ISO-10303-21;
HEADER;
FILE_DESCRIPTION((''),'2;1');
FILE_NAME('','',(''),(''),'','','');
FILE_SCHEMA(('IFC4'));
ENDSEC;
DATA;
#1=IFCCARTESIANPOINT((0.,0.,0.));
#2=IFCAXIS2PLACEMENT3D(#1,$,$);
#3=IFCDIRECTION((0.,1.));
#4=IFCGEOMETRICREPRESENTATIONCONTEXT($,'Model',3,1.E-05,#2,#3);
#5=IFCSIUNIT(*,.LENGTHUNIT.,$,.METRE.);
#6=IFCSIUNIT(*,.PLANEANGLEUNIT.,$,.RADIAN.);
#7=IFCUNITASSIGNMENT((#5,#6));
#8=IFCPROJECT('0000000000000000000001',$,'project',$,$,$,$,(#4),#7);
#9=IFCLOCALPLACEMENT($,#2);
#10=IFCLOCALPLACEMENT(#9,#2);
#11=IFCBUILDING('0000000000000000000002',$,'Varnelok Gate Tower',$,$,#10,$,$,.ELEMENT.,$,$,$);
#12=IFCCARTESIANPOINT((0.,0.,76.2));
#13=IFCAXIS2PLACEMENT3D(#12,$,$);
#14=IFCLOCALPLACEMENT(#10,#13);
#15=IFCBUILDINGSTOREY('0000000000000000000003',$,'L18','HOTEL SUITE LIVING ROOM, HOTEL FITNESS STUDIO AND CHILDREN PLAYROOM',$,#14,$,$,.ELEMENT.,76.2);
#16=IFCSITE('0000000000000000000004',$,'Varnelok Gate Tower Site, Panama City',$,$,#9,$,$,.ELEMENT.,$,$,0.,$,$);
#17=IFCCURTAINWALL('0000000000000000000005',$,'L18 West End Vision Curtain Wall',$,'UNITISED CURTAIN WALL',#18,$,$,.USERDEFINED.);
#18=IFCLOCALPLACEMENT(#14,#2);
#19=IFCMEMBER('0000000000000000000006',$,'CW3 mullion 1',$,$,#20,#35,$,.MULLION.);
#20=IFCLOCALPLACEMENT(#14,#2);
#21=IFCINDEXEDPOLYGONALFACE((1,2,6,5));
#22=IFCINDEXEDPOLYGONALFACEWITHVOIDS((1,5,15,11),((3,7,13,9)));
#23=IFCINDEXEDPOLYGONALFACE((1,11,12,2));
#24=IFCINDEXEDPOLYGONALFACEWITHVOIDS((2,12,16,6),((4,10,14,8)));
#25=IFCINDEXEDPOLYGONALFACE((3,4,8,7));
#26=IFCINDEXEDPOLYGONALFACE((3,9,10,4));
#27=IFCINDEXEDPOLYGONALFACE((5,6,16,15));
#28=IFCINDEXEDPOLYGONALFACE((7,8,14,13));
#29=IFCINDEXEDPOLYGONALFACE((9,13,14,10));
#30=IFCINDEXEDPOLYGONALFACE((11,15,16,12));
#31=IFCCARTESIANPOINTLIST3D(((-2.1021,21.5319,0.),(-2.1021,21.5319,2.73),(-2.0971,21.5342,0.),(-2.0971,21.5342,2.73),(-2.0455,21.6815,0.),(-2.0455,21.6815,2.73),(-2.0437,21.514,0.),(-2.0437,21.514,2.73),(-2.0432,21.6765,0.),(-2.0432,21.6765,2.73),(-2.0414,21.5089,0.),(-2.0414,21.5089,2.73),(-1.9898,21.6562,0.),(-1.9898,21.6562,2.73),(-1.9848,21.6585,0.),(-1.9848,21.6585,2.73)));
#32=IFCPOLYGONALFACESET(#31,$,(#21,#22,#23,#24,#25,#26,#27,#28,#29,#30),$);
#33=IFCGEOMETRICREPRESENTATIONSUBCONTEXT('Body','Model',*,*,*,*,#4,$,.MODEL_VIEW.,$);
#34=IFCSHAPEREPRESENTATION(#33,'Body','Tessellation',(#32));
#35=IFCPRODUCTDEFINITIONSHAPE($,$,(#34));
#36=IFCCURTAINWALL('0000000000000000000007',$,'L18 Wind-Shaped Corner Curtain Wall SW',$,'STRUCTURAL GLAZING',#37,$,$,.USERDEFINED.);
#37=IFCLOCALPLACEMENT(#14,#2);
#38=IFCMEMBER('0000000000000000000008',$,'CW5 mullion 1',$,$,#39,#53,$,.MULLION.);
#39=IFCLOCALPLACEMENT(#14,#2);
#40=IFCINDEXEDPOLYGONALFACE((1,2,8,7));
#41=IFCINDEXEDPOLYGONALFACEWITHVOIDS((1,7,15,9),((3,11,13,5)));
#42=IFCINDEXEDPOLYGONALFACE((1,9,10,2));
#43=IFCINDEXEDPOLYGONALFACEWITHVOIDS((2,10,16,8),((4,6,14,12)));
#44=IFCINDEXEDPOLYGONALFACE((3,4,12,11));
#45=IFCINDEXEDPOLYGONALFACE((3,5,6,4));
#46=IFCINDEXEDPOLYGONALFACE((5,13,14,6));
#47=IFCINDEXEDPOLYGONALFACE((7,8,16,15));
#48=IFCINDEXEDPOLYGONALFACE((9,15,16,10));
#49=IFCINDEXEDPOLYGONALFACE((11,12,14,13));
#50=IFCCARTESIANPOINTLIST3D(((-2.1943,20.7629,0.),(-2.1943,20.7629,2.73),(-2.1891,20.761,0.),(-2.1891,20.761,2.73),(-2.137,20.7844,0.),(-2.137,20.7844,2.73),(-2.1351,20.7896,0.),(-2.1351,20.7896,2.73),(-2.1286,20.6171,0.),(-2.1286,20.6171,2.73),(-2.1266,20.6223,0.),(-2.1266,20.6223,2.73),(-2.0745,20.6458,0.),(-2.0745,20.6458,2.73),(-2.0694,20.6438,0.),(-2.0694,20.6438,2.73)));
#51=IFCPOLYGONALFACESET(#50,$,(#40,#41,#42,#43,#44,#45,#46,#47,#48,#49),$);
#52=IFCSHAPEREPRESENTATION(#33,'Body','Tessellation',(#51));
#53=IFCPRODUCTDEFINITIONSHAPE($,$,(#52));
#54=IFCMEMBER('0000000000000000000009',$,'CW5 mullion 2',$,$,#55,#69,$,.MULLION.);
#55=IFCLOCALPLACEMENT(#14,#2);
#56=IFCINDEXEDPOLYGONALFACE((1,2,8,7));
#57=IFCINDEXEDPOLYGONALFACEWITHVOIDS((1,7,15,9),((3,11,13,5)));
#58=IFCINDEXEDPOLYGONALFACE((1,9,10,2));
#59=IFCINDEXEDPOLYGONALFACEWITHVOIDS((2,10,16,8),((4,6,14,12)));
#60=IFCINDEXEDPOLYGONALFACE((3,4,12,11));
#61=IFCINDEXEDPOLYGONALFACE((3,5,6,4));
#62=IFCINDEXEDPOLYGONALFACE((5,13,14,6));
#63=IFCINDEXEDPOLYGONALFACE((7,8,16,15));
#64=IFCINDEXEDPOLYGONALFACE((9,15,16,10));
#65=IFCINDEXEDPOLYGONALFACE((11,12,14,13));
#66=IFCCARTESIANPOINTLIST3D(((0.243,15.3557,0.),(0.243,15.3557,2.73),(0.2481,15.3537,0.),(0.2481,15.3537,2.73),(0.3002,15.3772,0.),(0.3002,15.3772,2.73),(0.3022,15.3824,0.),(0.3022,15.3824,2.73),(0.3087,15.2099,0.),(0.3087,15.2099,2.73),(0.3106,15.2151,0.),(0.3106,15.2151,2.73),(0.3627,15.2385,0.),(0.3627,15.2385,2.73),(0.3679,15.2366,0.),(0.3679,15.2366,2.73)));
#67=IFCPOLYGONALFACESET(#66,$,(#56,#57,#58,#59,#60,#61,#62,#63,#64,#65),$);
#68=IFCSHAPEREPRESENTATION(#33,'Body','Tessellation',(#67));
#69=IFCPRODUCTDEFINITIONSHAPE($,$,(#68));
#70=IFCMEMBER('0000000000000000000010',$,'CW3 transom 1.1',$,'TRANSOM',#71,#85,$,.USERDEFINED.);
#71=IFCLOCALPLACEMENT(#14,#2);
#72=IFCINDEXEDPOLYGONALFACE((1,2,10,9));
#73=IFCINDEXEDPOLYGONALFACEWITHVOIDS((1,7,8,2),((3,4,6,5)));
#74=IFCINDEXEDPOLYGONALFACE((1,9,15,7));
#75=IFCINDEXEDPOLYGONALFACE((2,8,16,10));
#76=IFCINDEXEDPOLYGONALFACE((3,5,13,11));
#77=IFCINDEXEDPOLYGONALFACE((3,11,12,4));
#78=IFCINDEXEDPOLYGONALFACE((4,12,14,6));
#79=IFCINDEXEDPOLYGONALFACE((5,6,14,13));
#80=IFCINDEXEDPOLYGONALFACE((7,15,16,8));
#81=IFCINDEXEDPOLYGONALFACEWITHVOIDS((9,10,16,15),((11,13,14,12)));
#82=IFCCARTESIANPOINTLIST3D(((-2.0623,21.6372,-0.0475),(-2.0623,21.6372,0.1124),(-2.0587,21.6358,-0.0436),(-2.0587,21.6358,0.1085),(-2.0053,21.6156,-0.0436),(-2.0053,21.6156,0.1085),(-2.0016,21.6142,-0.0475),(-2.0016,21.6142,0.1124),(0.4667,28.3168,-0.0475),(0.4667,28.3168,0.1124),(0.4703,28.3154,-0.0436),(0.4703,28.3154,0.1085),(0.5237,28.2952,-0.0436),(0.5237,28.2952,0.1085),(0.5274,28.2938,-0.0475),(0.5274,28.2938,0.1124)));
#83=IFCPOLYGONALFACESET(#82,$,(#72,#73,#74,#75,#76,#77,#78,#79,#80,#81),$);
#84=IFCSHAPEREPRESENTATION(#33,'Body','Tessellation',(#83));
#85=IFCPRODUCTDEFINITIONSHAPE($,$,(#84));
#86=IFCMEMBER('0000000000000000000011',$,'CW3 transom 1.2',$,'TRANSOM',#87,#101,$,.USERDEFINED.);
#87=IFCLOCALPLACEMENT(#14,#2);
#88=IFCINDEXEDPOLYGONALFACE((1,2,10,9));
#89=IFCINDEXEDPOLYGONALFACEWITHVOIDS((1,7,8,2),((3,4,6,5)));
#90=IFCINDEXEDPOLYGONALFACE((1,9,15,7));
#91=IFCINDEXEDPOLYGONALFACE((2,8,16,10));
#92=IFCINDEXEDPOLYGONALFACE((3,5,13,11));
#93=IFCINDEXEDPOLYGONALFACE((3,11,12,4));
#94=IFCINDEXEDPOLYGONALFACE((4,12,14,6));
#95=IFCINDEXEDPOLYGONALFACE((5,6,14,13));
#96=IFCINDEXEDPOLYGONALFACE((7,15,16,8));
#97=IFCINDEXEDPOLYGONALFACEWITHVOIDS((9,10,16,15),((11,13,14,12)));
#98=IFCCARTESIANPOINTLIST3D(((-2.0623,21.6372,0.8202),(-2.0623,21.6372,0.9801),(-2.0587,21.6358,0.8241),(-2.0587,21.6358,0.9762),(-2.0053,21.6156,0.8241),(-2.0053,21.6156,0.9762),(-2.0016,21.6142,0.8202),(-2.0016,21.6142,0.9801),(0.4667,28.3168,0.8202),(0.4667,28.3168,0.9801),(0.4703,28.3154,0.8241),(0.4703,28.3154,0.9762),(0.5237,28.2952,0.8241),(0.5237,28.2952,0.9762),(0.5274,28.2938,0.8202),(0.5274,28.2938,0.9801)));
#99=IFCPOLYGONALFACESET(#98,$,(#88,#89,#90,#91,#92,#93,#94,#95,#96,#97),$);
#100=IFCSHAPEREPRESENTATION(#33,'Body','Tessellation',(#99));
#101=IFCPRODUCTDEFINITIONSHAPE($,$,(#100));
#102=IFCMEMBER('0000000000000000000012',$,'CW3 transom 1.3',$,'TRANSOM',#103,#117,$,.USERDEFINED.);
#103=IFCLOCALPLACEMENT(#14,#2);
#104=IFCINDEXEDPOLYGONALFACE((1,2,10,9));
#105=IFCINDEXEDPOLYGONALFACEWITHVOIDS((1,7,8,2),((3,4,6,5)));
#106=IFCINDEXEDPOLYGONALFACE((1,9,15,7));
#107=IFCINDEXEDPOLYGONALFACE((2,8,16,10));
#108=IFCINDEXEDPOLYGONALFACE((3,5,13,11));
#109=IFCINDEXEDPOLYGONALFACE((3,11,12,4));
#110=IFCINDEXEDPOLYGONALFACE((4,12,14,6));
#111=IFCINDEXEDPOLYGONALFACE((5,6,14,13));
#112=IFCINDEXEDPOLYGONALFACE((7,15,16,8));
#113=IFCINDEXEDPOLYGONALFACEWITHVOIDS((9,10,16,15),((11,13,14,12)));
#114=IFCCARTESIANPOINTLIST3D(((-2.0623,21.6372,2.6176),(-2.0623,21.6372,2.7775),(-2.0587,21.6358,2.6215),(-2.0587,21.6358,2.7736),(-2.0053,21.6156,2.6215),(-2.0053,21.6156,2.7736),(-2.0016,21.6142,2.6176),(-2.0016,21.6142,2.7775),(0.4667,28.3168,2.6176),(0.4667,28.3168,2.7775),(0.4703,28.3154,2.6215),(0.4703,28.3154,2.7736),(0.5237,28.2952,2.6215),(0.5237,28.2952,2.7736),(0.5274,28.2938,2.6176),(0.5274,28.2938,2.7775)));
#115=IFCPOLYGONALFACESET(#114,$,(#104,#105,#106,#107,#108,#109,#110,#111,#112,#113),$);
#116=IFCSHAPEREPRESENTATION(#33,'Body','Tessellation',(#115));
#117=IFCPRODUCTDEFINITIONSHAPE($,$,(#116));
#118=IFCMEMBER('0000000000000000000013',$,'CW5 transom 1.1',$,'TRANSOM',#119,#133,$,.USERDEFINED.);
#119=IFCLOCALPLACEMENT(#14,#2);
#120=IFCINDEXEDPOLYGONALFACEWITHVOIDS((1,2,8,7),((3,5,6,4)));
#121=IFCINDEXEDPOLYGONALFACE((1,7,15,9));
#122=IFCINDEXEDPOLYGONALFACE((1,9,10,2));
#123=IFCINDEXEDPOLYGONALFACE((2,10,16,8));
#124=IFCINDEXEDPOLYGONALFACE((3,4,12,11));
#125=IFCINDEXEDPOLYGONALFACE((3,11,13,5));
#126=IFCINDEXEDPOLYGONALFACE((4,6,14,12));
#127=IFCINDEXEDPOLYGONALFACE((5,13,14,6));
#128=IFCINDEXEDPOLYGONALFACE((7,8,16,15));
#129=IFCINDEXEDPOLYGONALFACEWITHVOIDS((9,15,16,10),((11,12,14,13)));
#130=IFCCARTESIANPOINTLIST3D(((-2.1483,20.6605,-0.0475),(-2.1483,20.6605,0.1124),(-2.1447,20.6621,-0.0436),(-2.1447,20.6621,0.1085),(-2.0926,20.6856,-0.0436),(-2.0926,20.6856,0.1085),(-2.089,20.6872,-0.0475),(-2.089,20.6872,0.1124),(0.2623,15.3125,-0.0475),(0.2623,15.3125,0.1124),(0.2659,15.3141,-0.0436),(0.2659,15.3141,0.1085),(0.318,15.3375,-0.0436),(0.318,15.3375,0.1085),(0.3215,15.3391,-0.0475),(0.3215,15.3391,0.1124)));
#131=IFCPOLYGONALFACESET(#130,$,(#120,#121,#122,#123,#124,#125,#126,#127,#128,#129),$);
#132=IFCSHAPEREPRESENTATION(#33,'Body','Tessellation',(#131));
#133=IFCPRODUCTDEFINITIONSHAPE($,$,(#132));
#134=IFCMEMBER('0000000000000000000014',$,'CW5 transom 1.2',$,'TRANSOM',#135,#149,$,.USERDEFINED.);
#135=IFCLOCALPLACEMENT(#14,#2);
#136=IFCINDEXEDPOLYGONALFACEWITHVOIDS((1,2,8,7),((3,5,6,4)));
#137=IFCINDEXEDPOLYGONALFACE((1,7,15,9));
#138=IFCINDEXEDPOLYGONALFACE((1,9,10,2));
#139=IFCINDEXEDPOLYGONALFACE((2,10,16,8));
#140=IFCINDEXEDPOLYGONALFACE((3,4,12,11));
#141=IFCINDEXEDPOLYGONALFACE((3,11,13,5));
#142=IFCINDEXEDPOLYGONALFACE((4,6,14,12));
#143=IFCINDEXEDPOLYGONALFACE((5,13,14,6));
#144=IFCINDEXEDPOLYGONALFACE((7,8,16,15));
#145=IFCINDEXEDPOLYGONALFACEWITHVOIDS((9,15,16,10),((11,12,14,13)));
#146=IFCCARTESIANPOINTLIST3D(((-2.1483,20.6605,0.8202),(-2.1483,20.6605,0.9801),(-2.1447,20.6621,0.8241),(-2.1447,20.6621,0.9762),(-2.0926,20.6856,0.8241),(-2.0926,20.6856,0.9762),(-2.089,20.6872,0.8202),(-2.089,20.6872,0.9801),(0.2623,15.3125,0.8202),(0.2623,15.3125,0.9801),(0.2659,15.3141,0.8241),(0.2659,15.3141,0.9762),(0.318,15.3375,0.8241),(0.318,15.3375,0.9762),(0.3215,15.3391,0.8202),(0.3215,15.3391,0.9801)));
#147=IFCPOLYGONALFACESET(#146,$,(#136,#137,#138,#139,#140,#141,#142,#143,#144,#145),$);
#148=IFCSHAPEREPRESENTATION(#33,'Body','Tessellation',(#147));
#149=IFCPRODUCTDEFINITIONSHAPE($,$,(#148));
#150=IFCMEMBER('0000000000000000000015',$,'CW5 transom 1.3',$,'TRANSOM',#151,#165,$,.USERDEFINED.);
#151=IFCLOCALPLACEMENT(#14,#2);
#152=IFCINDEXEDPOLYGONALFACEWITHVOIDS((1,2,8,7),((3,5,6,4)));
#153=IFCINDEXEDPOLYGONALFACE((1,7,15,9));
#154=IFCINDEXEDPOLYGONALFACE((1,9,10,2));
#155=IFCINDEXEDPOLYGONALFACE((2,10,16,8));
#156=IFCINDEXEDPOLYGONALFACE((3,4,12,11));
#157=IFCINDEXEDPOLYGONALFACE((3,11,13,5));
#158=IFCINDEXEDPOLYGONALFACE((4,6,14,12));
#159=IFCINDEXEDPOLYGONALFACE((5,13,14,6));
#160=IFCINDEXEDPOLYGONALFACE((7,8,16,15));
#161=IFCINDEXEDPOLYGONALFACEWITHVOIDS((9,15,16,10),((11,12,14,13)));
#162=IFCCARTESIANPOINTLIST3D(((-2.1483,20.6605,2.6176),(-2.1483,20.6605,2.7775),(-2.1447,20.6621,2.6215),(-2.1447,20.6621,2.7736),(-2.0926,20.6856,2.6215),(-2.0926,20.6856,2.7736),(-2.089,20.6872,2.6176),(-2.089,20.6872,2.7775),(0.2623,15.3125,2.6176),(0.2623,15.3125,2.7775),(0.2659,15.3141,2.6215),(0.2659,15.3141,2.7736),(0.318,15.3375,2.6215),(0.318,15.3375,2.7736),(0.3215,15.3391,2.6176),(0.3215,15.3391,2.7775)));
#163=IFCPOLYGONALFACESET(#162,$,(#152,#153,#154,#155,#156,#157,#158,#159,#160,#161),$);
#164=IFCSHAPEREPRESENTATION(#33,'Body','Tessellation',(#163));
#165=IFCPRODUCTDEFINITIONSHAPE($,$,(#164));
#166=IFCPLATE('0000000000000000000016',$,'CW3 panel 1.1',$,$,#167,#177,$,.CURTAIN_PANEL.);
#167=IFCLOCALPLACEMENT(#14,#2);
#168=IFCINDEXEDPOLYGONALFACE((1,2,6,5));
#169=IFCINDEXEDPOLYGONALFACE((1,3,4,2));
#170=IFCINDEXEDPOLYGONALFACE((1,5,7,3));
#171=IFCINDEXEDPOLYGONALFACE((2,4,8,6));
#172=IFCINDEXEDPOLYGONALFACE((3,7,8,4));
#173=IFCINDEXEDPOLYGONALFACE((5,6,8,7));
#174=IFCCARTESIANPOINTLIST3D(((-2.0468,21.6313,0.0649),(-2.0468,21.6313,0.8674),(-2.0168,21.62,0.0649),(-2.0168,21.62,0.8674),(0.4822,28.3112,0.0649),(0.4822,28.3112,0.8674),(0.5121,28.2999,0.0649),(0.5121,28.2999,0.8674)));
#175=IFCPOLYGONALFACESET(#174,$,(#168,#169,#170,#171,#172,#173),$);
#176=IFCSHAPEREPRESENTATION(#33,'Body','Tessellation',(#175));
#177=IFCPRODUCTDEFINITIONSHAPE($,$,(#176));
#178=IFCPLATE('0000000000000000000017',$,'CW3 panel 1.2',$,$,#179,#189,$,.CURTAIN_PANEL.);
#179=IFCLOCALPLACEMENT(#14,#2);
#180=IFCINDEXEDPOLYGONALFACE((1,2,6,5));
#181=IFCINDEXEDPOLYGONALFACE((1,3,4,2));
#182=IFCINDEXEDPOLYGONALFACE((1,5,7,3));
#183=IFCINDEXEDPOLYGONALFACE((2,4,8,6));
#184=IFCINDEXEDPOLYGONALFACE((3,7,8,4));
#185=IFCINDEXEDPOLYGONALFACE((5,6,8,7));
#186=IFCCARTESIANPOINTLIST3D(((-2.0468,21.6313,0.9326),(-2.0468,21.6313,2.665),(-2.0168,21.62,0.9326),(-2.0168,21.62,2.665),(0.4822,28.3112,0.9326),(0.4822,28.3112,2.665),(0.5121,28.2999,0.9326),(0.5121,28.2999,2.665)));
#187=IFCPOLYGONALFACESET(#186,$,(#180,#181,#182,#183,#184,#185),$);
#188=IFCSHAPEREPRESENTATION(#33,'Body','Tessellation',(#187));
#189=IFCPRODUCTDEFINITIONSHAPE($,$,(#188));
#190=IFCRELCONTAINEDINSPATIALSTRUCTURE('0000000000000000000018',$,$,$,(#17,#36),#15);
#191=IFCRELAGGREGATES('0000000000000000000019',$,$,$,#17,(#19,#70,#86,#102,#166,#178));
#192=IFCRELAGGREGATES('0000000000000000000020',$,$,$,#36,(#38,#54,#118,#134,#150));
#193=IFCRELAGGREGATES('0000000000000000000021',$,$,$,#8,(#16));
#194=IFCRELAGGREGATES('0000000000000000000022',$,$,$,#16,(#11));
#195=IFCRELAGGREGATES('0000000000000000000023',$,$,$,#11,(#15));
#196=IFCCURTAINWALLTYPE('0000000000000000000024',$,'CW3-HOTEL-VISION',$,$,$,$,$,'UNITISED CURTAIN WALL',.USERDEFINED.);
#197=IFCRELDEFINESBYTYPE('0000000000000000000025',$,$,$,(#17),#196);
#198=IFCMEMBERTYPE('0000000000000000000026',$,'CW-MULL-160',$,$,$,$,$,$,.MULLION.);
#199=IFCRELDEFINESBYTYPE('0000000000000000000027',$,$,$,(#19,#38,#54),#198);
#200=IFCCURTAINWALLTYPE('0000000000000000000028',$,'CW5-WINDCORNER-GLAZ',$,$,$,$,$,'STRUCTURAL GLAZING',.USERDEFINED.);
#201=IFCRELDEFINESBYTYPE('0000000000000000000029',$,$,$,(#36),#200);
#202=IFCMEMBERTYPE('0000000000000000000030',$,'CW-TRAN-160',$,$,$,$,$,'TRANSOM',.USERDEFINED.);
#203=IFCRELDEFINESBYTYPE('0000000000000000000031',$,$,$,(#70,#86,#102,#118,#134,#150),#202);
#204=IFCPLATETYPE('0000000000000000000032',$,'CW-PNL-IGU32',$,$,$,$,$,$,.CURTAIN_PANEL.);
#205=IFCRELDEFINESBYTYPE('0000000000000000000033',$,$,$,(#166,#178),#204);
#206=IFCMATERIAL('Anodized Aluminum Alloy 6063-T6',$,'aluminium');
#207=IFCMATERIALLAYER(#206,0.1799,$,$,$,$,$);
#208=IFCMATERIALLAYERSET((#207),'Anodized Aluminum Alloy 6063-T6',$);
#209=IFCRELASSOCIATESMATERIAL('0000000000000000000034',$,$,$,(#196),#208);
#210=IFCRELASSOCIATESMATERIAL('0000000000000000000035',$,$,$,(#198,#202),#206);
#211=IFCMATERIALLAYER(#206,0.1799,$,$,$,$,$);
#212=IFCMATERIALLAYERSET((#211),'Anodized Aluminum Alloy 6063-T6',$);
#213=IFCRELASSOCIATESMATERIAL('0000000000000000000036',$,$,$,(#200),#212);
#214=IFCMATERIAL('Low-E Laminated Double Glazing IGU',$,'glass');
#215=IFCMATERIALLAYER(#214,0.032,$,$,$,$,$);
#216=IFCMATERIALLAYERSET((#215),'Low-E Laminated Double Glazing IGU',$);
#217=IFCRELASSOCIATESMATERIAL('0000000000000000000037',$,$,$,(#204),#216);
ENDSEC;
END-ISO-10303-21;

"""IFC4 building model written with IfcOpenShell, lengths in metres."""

from ifc_helpers import new_model, si_unit, direction, frame, origin, origin_2d, place, context, subcontext, project, spatial, rectangle, hollow_rectangle, extrude, source, transform, mapped, material, layer, layer_set, material_profile, profile_set, type_object, element, aggregate, save


model = new_model("IFC4")

# Units and contexts
model_context = context("Model", 3, precision=1e-05, world=origin(), true_north=direction((0.0, 1.0)))
body_context = subcontext(model_context, "Body", "Model", "MODEL_VIEW")
ifc_project = project(units=[si_unit("LENGTHUNIT", "METRE"), si_unit("PLANEANGLEUNIT", "RADIAN")], contexts=[model_context])

# Site, building, storey
site_placement = place(None, origin())
site = spatial("IfcSite", under=ifc_project, at=site_placement, Name="Varnelok Gate Tower Site, Panama City", CompositionType="ELEMENT", RefElevation=0.0)
building_placement = place(site_placement, origin())
building = spatial("IfcBuilding", under=site, at=building_placement, Name="Varnelok Gate Tower", CompositionType="ELEMENT")
storey_placement = place(building_placement, frame((0.0, 0.0, 76.2)))
storey = spatial("IfcBuildingStorey", under=building, at=storey_placement, Name="L18", Description="HOTEL SUITE LIVING ROOM, HOTEL FITNESS STUDIO AND CHILDREN PLAYROOM", CompositionType="ELEMENT", Elevation=76.2)

# Curtain wall, member
ifc_material_1 = material(Name="Anodized Aluminum Alloy 6063-T6", Category="aluminium")
ifc_layer_1 = layer(ifc_material_1, 0.1799)
ifc_layer_set_1 = layer_set([ifc_layer_1], Name="Anodized Aluminum Alloy 6063-T6")
curtain_wall_type_1 = type_object("IfcCurtainWallType", Name="CW3-HOTEL-VISION", ElementType="UNITISED CURTAIN WALL", PredefinedType="USERDEFINED", material=ifc_layer_set_1)
curtain_wall_1_placement = place(storey_placement, origin())
curtain_wall_1 = element("IfcCurtainWall", 1, at=curtain_wall_1_placement, inside=storey, type_object=curtain_wall_type_1, Name="L18 West End Vision Curtain Wall", ObjectType="UNITISED CURTAIN WALL", PredefinedType="USERDEFINED")
ifc_material_profile_1 = material_profile(ifc_material_1, hollow_rectangle(XDim=0.0649, YDim=0.1599, WallThickness=0.0039, at=origin_2d()), Name="ALU160X65X4")
ifc_profile_set_1 = profile_set([ifc_material_profile_1], Name="Anodized Aluminum Alloy 6063-T6")
member_type_1 = type_object("IfcMemberType", Name="CW-MULL-160", PredefinedType="MULLION", material=ifc_profile_set_1)
member_1_placement = place(storey_placement, frame((-2.0435, 21.5952, 0.0), z_axis=(0.0, 0.0, 1.0), x_axis=(-0.935221, 0.354064, 0.0)))
member_1 = element("IfcMember", 2, at=member_1_placement, type_object=member_type_1, Name="CW3 mullion 1", PredefinedType="MULLION", context=body_context, shape_type="SweptSolid", body=[
    extrude(hollow_rectangle(XDim=0.0649, YDim=0.1599, WallThickness=0.0039, at=origin_2d()), origin(), (0.0, 0.0, 1.0), 2.73),
])

# Curtain wall, members
ifc_layer_2 = layer(ifc_material_1, 0.1799)
ifc_layer_set_2 = layer_set([ifc_layer_2], Name="Anodized Aluminum Alloy 6063-T6")
curtain_wall_type_2 = type_object("IfcCurtainWallType", Name="CW5-WINDCORNER-GLAZ", ElementType="STRUCTURAL GLAZING", PredefinedType="USERDEFINED", material=ifc_layer_set_2)
curtain_wall_2_placement = place(storey_placement, origin())
curtain_wall_2 = element("IfcCurtainWall", 3, at=curtain_wall_2_placement, inside=storey, type_object=curtain_wall_type_2, Name="L18 Wind-Shaped Corner Curtain Wall SW", ObjectType="STRUCTURAL GLAZING", PredefinedType="USERDEFINED")
member_2_placement = place(storey_placement, frame((-2.1318, 20.7034, 0.0), z_axis=(0.0, 0.0, 1.0), x_axis=(0.911664, 0.410937, 0.0)))
member_2 = element("IfcMember", 4, at=member_2_placement, type_object=member_type_1, Name="CW5 mullion 1", PredefinedType="MULLION", context=body_context, shape_type="SweptSolid", body=[
    extrude(hollow_rectangle(XDim=0.0649, YDim=0.1599, WallThickness=0.0039, at=origin_2d()), origin(), (0.0, 0.0, 1.0), 2.73),
])
member_3_placement = place(storey_placement, frame((0.3054, 15.2961, 0.0), z_axis=(0.0, 0.0, 1.0), x_axis=(0.911664, 0.410937, 0.0)))
member_3 = element("IfcMember", 5, at=member_3_placement, type_object=member_type_1, Name="CW5 mullion 2", PredefinedType="MULLION", context=body_context, shape_type="SweptSolid", body=[
    extrude(hollow_rectangle(XDim=0.0649, YDim=0.1599, WallThickness=0.0039, at=origin_2d()), origin(), (0.0, 0.0, 1.0), 2.73),
])

# Members
ifc_material_profile_2 = material_profile(ifc_material_1, hollow_rectangle(XDim=0.0649, YDim=0.1599, WallThickness=0.0039, at=origin_2d()), Name="ALU160X65X4")
ifc_profile_set_2 = profile_set([ifc_material_profile_2], Name="Anodized Aluminum Alloy 6063-T6")
member_type_2 = type_object("IfcMemberType", Name="CW-TRAN-160", ElementType="TRANSOM", PredefinedType="USERDEFINED", material=ifc_profile_set_2)
member_4_placement = place(storey_placement, frame((-2.032, 21.6257, 0.0325), z_axis=(0.354088, 0.935212, 0.0), x_axis=(-0.935212, 0.354088, 0.0)))
member_4 = element("IfcMember", 6, at=member_4_placement, type_object=member_type_2, Name="CW3 transom 1.1", ObjectType="TRANSOM", PredefinedType="USERDEFINED", context=body_context, shape_type="SweptSolid", body=[
    extrude(hollow_rectangle(XDim=0.0649, YDim=0.1599, WallThickness=0.0039, at=origin_2d()), origin(), (0.0, 0.0, 1.0), 7.1423),
])
member_5_placement = place(storey_placement, frame((-2.032, 21.6257, 0.9001), z_axis=(0.354088, 0.935212, 0.0), x_axis=(-0.935212, 0.354088, 0.0)))
member_5 = element("IfcMember", 7, at=member_5_placement, type_object=member_type_2, Name="CW3 transom 1.2", ObjectType="TRANSOM", PredefinedType="USERDEFINED", context=body_context, shape_type="SweptSolid", body=[
    extrude(hollow_rectangle(XDim=0.0649, YDim=0.1599, WallThickness=0.0039, at=origin_2d()), origin(), (0.0, 0.0, 1.0), 7.1423),
])
member_6_placement = place(storey_placement, frame((-2.032, 21.6257, 2.6975), z_axis=(0.354088, 0.935212, 0.0), x_axis=(-0.935212, 0.354088, 0.0)))
member_6 = element("IfcMember", 8, at=member_6_placement, type_object=member_type_2, Name="CW3 transom 1.3", ObjectType="TRANSOM", PredefinedType="USERDEFINED", context=body_context, shape_type="SweptSolid", body=[
    extrude(hollow_rectangle(XDim=0.0649, YDim=0.1599, WallThickness=0.0039, at=origin_2d()), origin(), (0.0, 0.0, 1.0), 7.1423),
])
member_7_placement = place(storey_placement, frame((-2.1187, 20.6738, 0.0325), z_axis=(0.410929, -0.911667, 0.0), x_axis=(0.911667, 0.410929, 0.0)))
member_7 = element("IfcMember", 9, at=member_7_placement, type_object=member_type_2, Name="CW5 transom 1.1", ObjectType="TRANSOM", PredefinedType="USERDEFINED", context=body_context, shape_type="SweptSolid", body=[
    extrude(hollow_rectangle(XDim=0.0649, YDim=0.1599, WallThickness=0.0039, at=origin_2d()), origin(), (0.0, 0.0, 1.0), 5.8662),
])
member_8_placement = place(storey_placement, frame((-2.1187, 20.6738, 0.9001), z_axis=(0.410929, -0.911667, 0.0), x_axis=(0.911667, 0.410929, 0.0)))
member_8 = element("IfcMember", 10, at=member_8_placement, type_object=member_type_2, Name="CW5 transom 1.2", ObjectType="TRANSOM", PredefinedType="USERDEFINED", context=body_context, shape_type="SweptSolid", body=[
    extrude(hollow_rectangle(XDim=0.0649, YDim=0.1599, WallThickness=0.0039, at=origin_2d()), origin(), (0.0, 0.0, 1.0), 5.8662),
])
member_9_placement = place(storey_placement, frame((-2.1187, 20.6738, 2.6975), z_axis=(0.410929, -0.911667, 0.0), x_axis=(0.911667, 0.410929, 0.0)))
member_9 = element("IfcMember", 11, at=member_9_placement, type_object=member_type_2, Name="CW5 transom 1.3", ObjectType="TRANSOM", PredefinedType="USERDEFINED", context=body_context, shape_type="SweptSolid", body=[
    extrude(hollow_rectangle(XDim=0.0649, YDim=0.1599, WallThickness=0.0039, at=origin_2d()), origin(), (0.0, 0.0, 1.0), 5.8662),
])

# Plates
ifc_material_2 = material(Name="Low-E Laminated Double Glazing IGU", Category="glass")
ifc_layer_3 = layer(ifc_material_2, 0.032)
ifc_layer_set_3 = layer_set([ifc_layer_3], Name="Low-E Laminated Double Glazing IGU")
plate_type_1 = type_object("IfcPlateType", Name="CW-PNL-IGU32", PredefinedType="CURTAIN_PANEL", material=ifc_layer_set_3)
shared_shape_1 = source(origin(), body_context, "Body", "SweptSolid", [
    extrude(rectangle(XDim=7.1426, YDim=0.032, at=origin_2d()), origin(), (0.0, 0.0, 1.0), 0.8025),
])
plate_1_placement = place(storey_placement, frame((-0.7673, 24.9656, 0.0649), z_axis=(0.0, 0.0, 1.0), x_axis=(0.354064, 0.935221, 0.0)))
plate_1 = element("IfcPlate", 12, at=plate_1_placement, type_object=plate_type_1, Name="CW3 panel 1.1", PredefinedType="CURTAIN_PANEL", context=body_context, shape_type="MappedRepresentation", body=[
    mapped(shared_shape_1, transform((0.0, 0.0, 0.0), scale=1.0)),
])
shared_shape_2 = source(origin(), body_context, "Body", "SweptSolid", [
    extrude(rectangle(XDim=7.1426, YDim=0.032, at=origin_2d()), origin(), (0.0, 0.0, 1.0), 1.7324),
])
plate_2_placement = place(storey_placement, frame((-0.7673, 24.9656, 0.9326), z_axis=(0.0, 0.0, 1.0), x_axis=(0.354064, 0.935221, 0.0)))
plate_2 = element("IfcPlate", 13, at=plate_2_placement, type_object=plate_type_1, Name="CW3 panel 1.2", PredefinedType="CURTAIN_PANEL", context=body_context, shape_type="MappedRepresentation", body=[
    mapped(shared_shape_2, transform((0.0, 0.0, 0.0), scale=1.0)),
])
aggregate(curtain_wall_1, [member_1, member_4, member_5, member_6, plate_1, plate_2])
aggregate(curtain_wall_2, [member_2, member_3, member_7, member_8, member_9])

save(model, "model.ifc")
